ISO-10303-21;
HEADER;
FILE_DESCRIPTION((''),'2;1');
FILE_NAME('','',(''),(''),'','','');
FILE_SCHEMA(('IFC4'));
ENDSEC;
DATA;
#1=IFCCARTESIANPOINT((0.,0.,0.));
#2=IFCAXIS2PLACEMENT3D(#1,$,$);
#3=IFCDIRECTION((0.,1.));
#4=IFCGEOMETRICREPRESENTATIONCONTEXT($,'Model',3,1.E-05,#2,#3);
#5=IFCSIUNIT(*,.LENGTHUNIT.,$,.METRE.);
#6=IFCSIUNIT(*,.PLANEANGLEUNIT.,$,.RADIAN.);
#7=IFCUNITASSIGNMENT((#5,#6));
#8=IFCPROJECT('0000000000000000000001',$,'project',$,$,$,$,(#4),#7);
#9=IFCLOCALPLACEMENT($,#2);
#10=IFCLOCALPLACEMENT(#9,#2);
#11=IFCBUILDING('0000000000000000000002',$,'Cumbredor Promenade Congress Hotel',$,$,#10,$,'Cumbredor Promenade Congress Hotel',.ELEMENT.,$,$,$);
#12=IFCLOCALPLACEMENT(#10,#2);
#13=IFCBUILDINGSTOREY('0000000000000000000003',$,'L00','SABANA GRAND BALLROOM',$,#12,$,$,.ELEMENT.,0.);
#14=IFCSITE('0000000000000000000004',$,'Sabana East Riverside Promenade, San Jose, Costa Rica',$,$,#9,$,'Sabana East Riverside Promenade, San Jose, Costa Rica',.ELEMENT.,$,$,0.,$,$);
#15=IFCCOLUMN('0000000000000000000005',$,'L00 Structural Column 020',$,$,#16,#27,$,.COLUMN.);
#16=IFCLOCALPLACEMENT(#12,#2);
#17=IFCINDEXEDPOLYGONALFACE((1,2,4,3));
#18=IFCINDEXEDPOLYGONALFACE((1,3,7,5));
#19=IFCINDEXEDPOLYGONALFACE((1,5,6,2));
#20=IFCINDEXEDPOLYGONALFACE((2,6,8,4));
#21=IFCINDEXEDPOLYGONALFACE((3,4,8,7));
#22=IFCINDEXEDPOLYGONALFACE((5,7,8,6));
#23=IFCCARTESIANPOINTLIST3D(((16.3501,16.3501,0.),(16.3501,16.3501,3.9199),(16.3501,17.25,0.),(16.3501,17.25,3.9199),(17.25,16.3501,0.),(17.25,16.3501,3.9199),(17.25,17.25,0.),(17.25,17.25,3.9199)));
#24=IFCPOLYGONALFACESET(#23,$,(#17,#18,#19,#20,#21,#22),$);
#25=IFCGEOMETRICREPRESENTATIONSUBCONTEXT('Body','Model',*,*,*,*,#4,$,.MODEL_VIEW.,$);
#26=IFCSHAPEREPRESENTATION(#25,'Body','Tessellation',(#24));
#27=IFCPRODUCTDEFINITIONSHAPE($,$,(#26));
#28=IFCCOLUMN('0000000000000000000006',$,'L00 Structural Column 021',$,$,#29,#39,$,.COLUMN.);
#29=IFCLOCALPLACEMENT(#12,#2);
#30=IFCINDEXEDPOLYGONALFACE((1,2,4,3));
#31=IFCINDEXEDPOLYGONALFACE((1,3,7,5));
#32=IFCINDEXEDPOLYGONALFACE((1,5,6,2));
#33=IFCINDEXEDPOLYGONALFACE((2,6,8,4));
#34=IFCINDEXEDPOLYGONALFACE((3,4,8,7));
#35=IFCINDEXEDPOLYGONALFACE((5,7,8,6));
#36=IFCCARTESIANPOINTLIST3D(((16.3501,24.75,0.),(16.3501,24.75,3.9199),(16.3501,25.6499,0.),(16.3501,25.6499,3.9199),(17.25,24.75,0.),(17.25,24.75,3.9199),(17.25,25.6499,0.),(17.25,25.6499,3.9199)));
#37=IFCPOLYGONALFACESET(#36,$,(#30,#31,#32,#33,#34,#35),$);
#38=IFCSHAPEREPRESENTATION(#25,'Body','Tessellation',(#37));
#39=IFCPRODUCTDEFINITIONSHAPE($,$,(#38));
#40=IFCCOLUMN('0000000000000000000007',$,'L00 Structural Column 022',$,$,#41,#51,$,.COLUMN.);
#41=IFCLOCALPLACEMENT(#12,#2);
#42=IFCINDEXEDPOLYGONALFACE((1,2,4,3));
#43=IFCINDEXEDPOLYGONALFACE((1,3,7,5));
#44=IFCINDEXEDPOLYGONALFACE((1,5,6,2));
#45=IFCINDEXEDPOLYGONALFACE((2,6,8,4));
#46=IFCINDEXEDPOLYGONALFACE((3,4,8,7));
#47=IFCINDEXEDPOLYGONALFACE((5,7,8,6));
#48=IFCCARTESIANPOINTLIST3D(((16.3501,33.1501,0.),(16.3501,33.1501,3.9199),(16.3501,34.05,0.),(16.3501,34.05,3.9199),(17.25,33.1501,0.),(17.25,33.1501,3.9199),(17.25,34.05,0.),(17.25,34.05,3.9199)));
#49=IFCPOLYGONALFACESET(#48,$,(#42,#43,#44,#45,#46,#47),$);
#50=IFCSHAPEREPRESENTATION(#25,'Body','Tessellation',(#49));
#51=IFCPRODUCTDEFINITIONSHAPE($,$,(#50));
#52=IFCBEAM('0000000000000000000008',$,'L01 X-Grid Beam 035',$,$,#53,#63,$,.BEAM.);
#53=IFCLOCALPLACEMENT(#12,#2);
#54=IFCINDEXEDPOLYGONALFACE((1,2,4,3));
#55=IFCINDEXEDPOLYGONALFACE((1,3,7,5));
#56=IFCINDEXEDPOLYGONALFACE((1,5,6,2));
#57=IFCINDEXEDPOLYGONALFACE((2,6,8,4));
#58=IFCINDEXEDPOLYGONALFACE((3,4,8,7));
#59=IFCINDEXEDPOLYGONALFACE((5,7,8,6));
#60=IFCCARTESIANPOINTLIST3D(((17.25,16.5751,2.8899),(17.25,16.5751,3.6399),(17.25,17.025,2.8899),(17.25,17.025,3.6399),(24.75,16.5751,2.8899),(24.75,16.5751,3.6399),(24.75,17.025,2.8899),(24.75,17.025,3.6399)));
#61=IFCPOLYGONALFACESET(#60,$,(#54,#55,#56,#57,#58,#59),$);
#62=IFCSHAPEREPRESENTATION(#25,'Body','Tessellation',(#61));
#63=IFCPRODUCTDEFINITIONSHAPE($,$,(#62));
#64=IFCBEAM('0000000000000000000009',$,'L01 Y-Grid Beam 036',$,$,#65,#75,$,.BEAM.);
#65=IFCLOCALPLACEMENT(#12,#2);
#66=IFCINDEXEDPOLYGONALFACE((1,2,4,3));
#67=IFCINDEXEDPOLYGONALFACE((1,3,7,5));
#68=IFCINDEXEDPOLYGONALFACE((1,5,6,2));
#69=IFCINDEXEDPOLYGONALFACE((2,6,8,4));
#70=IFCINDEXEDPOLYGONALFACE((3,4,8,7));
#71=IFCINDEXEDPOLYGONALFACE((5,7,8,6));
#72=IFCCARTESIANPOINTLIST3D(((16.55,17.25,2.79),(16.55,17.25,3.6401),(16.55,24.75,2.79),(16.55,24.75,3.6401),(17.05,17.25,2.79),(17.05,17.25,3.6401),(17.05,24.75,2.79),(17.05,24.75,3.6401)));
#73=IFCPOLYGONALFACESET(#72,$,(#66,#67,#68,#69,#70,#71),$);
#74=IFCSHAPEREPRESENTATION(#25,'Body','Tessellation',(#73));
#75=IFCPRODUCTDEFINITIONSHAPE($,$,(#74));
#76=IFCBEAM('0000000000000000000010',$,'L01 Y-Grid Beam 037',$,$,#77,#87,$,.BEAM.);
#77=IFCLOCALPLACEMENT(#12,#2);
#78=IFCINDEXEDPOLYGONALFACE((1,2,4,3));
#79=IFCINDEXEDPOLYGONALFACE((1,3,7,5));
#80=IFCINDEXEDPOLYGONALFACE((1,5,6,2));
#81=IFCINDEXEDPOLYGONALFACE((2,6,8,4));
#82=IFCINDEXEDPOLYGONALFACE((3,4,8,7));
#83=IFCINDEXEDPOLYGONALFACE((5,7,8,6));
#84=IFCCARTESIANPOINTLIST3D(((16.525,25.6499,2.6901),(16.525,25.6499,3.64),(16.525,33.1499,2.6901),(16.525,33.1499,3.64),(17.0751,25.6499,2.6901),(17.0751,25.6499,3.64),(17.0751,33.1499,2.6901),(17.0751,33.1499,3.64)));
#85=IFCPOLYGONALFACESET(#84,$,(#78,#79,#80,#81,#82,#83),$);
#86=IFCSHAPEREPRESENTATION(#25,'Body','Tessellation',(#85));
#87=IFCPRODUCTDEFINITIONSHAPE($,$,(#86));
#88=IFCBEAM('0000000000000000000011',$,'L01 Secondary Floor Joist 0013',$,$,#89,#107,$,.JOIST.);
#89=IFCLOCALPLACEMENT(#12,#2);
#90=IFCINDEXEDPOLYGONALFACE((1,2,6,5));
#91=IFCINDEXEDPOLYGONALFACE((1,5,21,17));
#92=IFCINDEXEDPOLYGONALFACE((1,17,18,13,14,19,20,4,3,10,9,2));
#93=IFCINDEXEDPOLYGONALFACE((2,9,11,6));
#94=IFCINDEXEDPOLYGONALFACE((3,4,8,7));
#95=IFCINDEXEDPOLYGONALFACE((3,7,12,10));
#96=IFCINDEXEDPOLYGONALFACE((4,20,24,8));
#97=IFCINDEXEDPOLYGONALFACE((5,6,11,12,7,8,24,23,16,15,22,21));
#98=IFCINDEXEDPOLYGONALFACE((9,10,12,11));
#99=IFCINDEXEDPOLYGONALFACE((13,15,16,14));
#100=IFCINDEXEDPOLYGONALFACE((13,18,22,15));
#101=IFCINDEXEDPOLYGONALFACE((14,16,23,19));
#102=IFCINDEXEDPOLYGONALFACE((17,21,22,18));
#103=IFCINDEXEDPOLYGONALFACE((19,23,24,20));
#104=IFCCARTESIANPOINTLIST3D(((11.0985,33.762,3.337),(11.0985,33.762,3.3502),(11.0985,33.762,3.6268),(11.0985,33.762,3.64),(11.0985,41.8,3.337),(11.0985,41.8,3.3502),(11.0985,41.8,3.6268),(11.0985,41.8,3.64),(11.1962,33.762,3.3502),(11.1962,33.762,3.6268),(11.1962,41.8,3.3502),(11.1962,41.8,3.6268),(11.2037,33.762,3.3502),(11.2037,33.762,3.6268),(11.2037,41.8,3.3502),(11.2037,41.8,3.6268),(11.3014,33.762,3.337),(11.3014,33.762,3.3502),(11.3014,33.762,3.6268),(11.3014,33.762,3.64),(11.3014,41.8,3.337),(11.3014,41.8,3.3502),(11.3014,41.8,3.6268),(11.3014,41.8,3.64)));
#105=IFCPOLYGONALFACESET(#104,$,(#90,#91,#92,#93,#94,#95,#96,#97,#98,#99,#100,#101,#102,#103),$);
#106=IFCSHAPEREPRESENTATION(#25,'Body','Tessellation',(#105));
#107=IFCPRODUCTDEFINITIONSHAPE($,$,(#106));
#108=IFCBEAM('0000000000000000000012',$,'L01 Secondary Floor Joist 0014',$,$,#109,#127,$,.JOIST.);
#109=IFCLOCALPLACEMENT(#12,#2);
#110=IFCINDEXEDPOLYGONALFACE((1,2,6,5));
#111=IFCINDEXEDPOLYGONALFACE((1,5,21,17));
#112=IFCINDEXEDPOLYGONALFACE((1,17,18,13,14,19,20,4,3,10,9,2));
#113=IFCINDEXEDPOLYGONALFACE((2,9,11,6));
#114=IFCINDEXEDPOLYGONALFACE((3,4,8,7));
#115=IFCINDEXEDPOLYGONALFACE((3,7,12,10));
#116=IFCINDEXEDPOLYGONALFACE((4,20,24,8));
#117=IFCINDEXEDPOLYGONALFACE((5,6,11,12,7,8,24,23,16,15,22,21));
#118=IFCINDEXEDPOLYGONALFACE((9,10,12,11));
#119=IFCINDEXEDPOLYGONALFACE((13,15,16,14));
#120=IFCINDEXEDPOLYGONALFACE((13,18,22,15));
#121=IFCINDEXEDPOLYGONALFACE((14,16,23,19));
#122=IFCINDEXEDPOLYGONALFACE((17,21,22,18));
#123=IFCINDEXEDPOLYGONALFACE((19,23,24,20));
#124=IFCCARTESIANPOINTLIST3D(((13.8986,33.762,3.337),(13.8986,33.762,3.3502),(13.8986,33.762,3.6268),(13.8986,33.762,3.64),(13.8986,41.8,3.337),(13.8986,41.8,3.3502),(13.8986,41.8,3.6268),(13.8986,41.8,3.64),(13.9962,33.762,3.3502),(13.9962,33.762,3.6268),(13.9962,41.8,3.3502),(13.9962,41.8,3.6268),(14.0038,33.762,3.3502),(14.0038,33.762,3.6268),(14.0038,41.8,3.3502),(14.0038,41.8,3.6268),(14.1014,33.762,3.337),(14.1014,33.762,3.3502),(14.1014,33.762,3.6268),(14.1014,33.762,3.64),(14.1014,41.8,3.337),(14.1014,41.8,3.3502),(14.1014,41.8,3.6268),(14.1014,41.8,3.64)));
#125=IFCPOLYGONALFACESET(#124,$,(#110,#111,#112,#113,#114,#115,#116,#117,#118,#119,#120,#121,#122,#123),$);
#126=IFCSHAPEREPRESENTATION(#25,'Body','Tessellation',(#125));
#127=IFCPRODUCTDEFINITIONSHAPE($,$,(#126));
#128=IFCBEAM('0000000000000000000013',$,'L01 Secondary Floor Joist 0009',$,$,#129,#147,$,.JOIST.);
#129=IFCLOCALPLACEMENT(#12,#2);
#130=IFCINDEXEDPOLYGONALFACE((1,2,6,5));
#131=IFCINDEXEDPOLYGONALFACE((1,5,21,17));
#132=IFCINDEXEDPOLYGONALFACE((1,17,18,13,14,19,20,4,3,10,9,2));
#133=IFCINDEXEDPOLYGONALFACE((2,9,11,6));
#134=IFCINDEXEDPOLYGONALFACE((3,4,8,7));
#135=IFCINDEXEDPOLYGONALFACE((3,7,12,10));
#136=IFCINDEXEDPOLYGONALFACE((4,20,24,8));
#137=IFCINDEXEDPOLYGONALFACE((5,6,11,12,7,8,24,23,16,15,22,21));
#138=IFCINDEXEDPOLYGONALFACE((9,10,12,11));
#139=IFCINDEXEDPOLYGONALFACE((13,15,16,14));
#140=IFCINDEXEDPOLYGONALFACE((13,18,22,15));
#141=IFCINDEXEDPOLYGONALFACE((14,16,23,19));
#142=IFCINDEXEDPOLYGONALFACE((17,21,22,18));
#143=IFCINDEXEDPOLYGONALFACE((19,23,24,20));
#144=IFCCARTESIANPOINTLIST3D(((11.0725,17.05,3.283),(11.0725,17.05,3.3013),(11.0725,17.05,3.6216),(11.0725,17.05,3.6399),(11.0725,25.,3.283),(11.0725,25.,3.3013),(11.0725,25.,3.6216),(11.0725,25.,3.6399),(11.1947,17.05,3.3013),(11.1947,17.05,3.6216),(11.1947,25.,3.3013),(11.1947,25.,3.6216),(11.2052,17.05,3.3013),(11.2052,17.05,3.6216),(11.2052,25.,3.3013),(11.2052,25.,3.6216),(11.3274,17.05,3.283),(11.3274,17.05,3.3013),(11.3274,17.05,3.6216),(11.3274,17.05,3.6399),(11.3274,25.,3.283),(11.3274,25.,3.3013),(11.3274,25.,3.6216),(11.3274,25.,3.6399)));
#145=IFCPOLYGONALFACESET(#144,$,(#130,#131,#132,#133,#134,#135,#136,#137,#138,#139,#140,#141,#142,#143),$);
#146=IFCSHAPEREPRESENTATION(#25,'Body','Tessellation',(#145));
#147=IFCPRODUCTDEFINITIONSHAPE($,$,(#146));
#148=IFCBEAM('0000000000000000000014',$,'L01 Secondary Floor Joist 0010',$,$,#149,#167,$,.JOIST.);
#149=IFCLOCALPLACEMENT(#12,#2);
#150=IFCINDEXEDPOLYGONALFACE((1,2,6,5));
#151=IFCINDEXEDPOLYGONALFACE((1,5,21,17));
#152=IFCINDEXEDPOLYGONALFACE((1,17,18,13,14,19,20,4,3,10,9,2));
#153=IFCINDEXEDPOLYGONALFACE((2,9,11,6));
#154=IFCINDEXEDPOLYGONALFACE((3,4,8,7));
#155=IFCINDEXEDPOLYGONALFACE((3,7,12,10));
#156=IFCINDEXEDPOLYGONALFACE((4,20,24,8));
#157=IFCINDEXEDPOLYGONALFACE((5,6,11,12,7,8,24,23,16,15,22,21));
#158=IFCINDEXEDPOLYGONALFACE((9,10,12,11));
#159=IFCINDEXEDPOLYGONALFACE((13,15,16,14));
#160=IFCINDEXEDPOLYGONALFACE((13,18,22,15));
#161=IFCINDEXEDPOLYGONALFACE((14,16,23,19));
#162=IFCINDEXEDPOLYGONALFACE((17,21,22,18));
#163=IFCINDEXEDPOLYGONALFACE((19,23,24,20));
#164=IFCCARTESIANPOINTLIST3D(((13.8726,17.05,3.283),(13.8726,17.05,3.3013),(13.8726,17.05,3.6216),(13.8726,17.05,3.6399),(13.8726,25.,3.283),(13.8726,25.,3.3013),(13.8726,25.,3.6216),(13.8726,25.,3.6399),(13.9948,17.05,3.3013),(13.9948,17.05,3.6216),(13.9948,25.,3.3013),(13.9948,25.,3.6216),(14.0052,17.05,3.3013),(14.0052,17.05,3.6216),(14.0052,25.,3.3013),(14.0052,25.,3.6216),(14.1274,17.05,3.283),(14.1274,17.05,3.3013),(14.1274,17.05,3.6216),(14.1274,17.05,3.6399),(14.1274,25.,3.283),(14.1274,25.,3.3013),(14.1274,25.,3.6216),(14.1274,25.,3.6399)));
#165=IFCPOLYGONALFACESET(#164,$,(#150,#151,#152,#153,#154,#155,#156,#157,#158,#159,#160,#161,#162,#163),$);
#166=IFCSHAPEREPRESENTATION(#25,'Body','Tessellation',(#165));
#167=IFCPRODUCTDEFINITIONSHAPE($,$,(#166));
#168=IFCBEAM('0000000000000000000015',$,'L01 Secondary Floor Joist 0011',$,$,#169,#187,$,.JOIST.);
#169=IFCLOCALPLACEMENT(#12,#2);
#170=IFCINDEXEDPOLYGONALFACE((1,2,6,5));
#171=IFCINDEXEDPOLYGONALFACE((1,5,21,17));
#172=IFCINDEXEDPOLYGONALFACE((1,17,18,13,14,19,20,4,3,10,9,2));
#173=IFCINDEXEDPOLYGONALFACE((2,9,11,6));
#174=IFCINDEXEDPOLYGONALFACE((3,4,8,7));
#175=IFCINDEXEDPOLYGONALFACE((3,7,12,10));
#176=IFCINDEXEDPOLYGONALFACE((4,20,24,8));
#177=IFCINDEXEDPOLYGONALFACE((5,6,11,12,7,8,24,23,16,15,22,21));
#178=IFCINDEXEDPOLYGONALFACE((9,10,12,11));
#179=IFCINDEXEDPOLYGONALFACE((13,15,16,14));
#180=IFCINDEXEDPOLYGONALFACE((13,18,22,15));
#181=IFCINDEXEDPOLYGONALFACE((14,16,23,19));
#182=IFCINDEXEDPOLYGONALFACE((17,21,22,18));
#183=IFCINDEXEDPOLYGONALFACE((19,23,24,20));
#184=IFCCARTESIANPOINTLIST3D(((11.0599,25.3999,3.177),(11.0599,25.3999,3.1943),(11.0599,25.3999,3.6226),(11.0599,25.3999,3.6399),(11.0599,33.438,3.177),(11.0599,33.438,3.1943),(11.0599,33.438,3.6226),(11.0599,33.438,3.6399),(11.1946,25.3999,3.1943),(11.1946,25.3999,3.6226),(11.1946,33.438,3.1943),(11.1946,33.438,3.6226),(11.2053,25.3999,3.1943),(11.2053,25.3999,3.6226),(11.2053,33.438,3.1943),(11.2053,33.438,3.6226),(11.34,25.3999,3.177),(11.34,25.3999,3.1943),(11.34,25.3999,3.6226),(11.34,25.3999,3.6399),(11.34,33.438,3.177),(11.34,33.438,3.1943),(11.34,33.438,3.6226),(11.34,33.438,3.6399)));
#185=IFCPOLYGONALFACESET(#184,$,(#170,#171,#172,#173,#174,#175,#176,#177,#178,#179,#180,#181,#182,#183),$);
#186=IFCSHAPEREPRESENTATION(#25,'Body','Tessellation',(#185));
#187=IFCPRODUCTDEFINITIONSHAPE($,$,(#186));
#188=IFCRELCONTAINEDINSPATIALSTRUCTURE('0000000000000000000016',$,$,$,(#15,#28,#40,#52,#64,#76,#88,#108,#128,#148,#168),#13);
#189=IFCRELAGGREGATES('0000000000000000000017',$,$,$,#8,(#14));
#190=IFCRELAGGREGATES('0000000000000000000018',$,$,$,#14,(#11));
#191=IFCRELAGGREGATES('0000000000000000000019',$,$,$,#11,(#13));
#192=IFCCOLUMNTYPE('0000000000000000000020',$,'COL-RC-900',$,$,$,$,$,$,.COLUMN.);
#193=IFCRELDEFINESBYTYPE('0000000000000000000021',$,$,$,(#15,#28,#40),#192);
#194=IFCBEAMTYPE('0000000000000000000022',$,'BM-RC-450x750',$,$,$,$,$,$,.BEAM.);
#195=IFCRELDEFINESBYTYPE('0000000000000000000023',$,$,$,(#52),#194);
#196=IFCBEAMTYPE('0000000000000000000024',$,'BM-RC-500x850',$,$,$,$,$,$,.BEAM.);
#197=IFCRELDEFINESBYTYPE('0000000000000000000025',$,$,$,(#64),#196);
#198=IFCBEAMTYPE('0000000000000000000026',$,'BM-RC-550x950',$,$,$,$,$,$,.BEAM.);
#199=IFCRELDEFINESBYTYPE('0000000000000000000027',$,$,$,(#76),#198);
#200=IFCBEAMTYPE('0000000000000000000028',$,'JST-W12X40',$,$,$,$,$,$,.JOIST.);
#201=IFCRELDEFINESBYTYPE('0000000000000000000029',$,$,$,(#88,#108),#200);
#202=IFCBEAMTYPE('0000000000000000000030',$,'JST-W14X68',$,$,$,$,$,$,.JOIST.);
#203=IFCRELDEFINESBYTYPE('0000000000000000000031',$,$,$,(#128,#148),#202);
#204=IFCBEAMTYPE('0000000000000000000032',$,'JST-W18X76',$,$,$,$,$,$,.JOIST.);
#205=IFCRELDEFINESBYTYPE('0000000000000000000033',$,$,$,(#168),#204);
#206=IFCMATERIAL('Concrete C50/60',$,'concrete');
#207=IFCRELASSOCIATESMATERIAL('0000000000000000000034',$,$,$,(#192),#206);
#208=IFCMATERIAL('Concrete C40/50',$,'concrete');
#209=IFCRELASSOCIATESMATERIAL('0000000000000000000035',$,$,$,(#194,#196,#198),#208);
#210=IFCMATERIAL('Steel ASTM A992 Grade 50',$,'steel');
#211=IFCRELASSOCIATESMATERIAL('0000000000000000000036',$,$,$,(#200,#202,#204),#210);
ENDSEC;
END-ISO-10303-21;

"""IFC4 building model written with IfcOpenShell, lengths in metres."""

from ifc_helpers import new_model, si_unit, direction, frame, origin, origin_2d, place, context, subcontext, project, spatial, rectangle, i_section, extrude, material, material_profile, profile_set, type_object, element, save


model = new_model("IFC4")

# Units and contexts
model_context = context("Model", 3, precision=1e-05, world=origin(), true_north=direction((0.0, 1.0)))
body_context = subcontext(model_context, "Body", "Model", "MODEL_VIEW")
ifc_project = project(units=[si_unit("LENGTHUNIT", "METRE"), si_unit("PLANEANGLEUNIT", "RADIAN")], contexts=[model_context])

# Site, building, storey
site_placement = place(None, origin())
site = spatial("IfcSite", under=ifc_project, at=site_placement, Name="Sabana East Riverside Promenade, San Jose, Costa Rica", LongName="Sabana East Riverside Promenade, San Jose, Costa Rica", CompositionType="ELEMENT", RefElevation=0.0)
building_placement = place(site_placement, origin())
building = spatial("IfcBuilding", under=site, at=building_placement, Name="Cumbredor Promenade Congress Hotel", LongName="Cumbredor Promenade Congress Hotel", CompositionType="ELEMENT")
storey_placement = place(building_placement, origin())
storey = spatial("IfcBuildingStorey", under=building, at=storey_placement, Name="L00", Description="SABANA GRAND BALLROOM", CompositionType="ELEMENT", Elevation=0.0)

# Columns
ifc_material_1 = material(Name="Concrete C50/60", Category="concrete")
ifc_material_profile_1 = material_profile(ifc_material_1, rectangle(XDim=0.8999, YDim=0.8999, at=origin_2d()), Name="RC 900x900")
ifc_profile_set_1 = profile_set([ifc_material_profile_1], Name="Concrete C50/60")
column_type = type_object("IfcColumnType", Name="COL-RC-900", PredefinedType="COLUMN", material=ifc_profile_set_1)
for number, where, z_axis, x_axis, name in (
    (1, (16.8, 16.8, 0.0), (0.0, 0.0, 1.0), (1.0, 0.0, 0.0), "L00 Structural Column 020"),
    (2, (16.8, 25.2, 0.0), (0.0, 0.0, 1.0), (1.0, 0.0, 0.0), "L00 Structural Column 021"),
    (3, (16.8, 33.6001, 0.0), (0.0, 0.0, 1.0), (1.0, 0.0, 0.0), "L00 Structural Column 022"),
):
    element("IfcColumn", number, at=place(storey_placement, frame(where, z_axis=z_axis, x_axis=x_axis)), inside=storey, type_object=column_type, Name=name, PredefinedType="COLUMN", context=body_context, shape_type="SweptSolid", body=[
        extrude(rectangle(XDim=0.8999, YDim=0.8999, at=origin_2d()), origin(), (0.0, 0.0, 1.0), 3.9199),
    ])

# Beams
ifc_material_2 = material(Name="Concrete C40/50", Category="concrete")
ifc_material_profile_2 = material_profile(ifc_material_2, rectangle(XDim=0.45, YDim=0.75, at=origin_2d()), Name="RC BEAM 450x750")
ifc_profile_set_2 = profile_set([ifc_material_profile_2], Name="Concrete C40/50")
beam_type_1 = type_object("IfcBeamType", Name="BM-RC-450x750", PredefinedType="BEAM", material=ifc_profile_set_2)
beam_1_placement = place(storey_placement, frame((17.25, 16.8, 3.2649), z_axis=(1.0, 0.0, 0.0), x_axis=(0.0, 1.0, 0.0)))
element("IfcBeam", 4, at=beam_1_placement, inside=storey, type_object=beam_type_1, Name="L01 X-Grid Beam 035", PredefinedType="BEAM", context=body_context, shape_type="SweptSolid", body=[
    extrude(rectangle(XDim=0.45, YDim=0.75, at=origin_2d()), origin(), (0.0, 0.0, 1.0), 7.5),
])
ifc_material_profile_3 = material_profile(ifc_material_2, rectangle(XDim=0.5, YDim=0.8501, at=origin_2d()), Name="RC BEAM 500x850")
ifc_profile_set_3 = profile_set([ifc_material_profile_3], Name="Concrete C40/50")
beam_type_2 = type_object("IfcBeamType", Name="BM-RC-500x850", PredefinedType="BEAM", material=ifc_profile_set_3)
beam_2_placement = place(storey_placement, frame((16.8, 17.25, 3.2151), z_axis=(0.0, 1.0, 0.0), x_axis=(-1.0, 0.0, 0.0)))
element("IfcBeam", 5, at=beam_2_placement, inside=storey, type_object=beam_type_2, Name="L01 Y-Grid Beam 036", PredefinedType="BEAM", context=body_context, shape_type="SweptSolid", body=[
    extrude(rectangle(XDim=0.5, YDim=0.8501, at=origin_2d()), origin(), (0.0, 0.0, 1.0), 7.5),
])
ifc_material_profile_4 = material_profile(ifc_material_2, rectangle(XDim=0.55, YDim=0.95, at=origin_2d()), Name="RC BEAM 550x950")
ifc_profile_set_4 = profile_set([ifc_material_profile_4], Name="Concrete C40/50")
beam_type_3 = type_object("IfcBeamType", Name="BM-RC-550x950", PredefinedType="BEAM", material=ifc_profile_set_4)
beam_3_placement = place(storey_placement, frame((16.8, 25.6499, 3.165), z_axis=(0.0, 1.0, 0.0), x_axis=(-1.0, 0.0, 0.0)))
element("IfcBeam", 6, at=beam_3_placement, inside=storey, type_object=beam_type_3, Name="L01 Y-Grid Beam 037", PredefinedType="BEAM", context=body_context, shape_type="SweptSolid", body=[
    extrude(rectangle(XDim=0.55, YDim=0.95, at=origin_2d()), origin(), (0.0, 0.0, 1.0), 7.5),
])
ifc_material_3 = material(Name="Steel ASTM A992 Grade 50", Category="steel")
ifc_material_profile_5 = material_profile(ifc_material_3, i_section(OverallWidth=0.2029, OverallDepth=0.303, WebThickness=0.0076, FlangeThickness=0.0132, at=origin_2d()), Name="W12X40")
ifc_profile_set_5 = profile_set([ifc_material_profile_5], Name="Steel ASTM A992 Grade 50")
beam_type_4 = type_object("IfcBeamType", Name="JST-W12X40", PredefinedType="JOIST", material=ifc_profile_set_5)
for number, where, z_axis, x_axis, name in (
    (7, (11.2, 33.762, 3.4885), (0.0, 1.0, 0.0), (-1.0, 0.0, 0.0), "L01 Secondary Floor Joist 0013"),
    (8, (14.0, 33.762, 3.4885), (0.0, 1.0, 0.0), (-1.0, 0.0, 0.0), "L01 Secondary Floor Joist 0014"),
):
    element("IfcBeam", number, at=place(storey_placement, frame(where, z_axis=z_axis, x_axis=x_axis)), inside=storey, type_object=beam_type_4, Name=name, PredefinedType="JOIST", context=body_context, shape_type="SweptSolid", body=[
        extrude(i_section(OverallWidth=0.2029, OverallDepth=0.303, WebThickness=0.0076, FlangeThickness=0.0132, at=origin_2d()), origin(), (0.0, 0.0, 1.0), 8.0381),
    ])
ifc_material_profile_6 = material_profile(ifc_material_3, i_section(OverallWidth=0.2549, OverallDepth=0.3569, WebThickness=0.0105, FlangeThickness=0.0183, at=origin_2d()), Name="W14X68")
ifc_profile_set_6 = profile_set([ifc_material_profile_6], Name="Steel ASTM A992 Grade 50")
beam_type_5 = type_object("IfcBeamType", Name="JST-W14X68", PredefinedType="JOIST", material=ifc_profile_set_6)
for number, where, z_axis, x_axis, name in (
    (9, (11.2, 17.05, 3.4614), (0.0, 1.0, 0.0), (-1.0, 0.0, 0.0), "L01 Secondary Floor Joist 0009"),
    (10, (14.0, 17.05, 3.4614), (0.0, 1.0, 0.0), (-1.0, 0.0, 0.0), "L01 Secondary Floor Joist 0010"),
):
    element("IfcBeam", number, at=place(storey_placement, frame(where, z_axis=z_axis, x_axis=x_axis)), inside=storey, type_object=beam_type_5, Name=name, PredefinedType="JOIST", context=body_context, shape_type="SweptSolid", body=[
        extrude(i_section(OverallWidth=0.2549, OverallDepth=0.3569, WebThickness=0.0105, FlangeThickness=0.0183, at=origin_2d()), origin(), (0.0, 0.0, 1.0), 7.95),
    ])
ifc_material_profile_7 = material_profile(ifc_material_3, i_section(OverallWidth=0.28, OverallDepth=0.4629, WebThickness=0.0107, FlangeThickness=0.0173, at=origin_2d()), Name="W18X76")
ifc_profile_set_7 = profile_set([ifc_material_profile_7], Name="Steel ASTM A992 Grade 50")
beam_type_6 = type_object("IfcBeamType", Name="JST-W18X76", PredefinedType="JOIST", material=ifc_profile_set_7)
for number, where, z_axis, x_axis, name in (
    (11, (11.2, 25.3999, 3.4084), (0.0, 1.0, 0.0), (-1.0, 0.0, 0.0), "L01 Secondary Floor Joist 0011"),
):
    element("IfcBeam", number, at=place(storey_placement, frame(where, z_axis=z_axis, x_axis=x_axis)), inside=storey, type_object=beam_type_6, Name=name, PredefinedType="JOIST", context=body_context, shape_type="SweptSolid", body=[
        extrude(i_section(OverallWidth=0.28, OverallDepth=0.4629, WebThickness=0.0107, FlangeThickness=0.0173, at=origin_2d()), origin(), (0.0, 0.0, 1.0), 8.0381),
    ])

save(model, "model.ifc")
